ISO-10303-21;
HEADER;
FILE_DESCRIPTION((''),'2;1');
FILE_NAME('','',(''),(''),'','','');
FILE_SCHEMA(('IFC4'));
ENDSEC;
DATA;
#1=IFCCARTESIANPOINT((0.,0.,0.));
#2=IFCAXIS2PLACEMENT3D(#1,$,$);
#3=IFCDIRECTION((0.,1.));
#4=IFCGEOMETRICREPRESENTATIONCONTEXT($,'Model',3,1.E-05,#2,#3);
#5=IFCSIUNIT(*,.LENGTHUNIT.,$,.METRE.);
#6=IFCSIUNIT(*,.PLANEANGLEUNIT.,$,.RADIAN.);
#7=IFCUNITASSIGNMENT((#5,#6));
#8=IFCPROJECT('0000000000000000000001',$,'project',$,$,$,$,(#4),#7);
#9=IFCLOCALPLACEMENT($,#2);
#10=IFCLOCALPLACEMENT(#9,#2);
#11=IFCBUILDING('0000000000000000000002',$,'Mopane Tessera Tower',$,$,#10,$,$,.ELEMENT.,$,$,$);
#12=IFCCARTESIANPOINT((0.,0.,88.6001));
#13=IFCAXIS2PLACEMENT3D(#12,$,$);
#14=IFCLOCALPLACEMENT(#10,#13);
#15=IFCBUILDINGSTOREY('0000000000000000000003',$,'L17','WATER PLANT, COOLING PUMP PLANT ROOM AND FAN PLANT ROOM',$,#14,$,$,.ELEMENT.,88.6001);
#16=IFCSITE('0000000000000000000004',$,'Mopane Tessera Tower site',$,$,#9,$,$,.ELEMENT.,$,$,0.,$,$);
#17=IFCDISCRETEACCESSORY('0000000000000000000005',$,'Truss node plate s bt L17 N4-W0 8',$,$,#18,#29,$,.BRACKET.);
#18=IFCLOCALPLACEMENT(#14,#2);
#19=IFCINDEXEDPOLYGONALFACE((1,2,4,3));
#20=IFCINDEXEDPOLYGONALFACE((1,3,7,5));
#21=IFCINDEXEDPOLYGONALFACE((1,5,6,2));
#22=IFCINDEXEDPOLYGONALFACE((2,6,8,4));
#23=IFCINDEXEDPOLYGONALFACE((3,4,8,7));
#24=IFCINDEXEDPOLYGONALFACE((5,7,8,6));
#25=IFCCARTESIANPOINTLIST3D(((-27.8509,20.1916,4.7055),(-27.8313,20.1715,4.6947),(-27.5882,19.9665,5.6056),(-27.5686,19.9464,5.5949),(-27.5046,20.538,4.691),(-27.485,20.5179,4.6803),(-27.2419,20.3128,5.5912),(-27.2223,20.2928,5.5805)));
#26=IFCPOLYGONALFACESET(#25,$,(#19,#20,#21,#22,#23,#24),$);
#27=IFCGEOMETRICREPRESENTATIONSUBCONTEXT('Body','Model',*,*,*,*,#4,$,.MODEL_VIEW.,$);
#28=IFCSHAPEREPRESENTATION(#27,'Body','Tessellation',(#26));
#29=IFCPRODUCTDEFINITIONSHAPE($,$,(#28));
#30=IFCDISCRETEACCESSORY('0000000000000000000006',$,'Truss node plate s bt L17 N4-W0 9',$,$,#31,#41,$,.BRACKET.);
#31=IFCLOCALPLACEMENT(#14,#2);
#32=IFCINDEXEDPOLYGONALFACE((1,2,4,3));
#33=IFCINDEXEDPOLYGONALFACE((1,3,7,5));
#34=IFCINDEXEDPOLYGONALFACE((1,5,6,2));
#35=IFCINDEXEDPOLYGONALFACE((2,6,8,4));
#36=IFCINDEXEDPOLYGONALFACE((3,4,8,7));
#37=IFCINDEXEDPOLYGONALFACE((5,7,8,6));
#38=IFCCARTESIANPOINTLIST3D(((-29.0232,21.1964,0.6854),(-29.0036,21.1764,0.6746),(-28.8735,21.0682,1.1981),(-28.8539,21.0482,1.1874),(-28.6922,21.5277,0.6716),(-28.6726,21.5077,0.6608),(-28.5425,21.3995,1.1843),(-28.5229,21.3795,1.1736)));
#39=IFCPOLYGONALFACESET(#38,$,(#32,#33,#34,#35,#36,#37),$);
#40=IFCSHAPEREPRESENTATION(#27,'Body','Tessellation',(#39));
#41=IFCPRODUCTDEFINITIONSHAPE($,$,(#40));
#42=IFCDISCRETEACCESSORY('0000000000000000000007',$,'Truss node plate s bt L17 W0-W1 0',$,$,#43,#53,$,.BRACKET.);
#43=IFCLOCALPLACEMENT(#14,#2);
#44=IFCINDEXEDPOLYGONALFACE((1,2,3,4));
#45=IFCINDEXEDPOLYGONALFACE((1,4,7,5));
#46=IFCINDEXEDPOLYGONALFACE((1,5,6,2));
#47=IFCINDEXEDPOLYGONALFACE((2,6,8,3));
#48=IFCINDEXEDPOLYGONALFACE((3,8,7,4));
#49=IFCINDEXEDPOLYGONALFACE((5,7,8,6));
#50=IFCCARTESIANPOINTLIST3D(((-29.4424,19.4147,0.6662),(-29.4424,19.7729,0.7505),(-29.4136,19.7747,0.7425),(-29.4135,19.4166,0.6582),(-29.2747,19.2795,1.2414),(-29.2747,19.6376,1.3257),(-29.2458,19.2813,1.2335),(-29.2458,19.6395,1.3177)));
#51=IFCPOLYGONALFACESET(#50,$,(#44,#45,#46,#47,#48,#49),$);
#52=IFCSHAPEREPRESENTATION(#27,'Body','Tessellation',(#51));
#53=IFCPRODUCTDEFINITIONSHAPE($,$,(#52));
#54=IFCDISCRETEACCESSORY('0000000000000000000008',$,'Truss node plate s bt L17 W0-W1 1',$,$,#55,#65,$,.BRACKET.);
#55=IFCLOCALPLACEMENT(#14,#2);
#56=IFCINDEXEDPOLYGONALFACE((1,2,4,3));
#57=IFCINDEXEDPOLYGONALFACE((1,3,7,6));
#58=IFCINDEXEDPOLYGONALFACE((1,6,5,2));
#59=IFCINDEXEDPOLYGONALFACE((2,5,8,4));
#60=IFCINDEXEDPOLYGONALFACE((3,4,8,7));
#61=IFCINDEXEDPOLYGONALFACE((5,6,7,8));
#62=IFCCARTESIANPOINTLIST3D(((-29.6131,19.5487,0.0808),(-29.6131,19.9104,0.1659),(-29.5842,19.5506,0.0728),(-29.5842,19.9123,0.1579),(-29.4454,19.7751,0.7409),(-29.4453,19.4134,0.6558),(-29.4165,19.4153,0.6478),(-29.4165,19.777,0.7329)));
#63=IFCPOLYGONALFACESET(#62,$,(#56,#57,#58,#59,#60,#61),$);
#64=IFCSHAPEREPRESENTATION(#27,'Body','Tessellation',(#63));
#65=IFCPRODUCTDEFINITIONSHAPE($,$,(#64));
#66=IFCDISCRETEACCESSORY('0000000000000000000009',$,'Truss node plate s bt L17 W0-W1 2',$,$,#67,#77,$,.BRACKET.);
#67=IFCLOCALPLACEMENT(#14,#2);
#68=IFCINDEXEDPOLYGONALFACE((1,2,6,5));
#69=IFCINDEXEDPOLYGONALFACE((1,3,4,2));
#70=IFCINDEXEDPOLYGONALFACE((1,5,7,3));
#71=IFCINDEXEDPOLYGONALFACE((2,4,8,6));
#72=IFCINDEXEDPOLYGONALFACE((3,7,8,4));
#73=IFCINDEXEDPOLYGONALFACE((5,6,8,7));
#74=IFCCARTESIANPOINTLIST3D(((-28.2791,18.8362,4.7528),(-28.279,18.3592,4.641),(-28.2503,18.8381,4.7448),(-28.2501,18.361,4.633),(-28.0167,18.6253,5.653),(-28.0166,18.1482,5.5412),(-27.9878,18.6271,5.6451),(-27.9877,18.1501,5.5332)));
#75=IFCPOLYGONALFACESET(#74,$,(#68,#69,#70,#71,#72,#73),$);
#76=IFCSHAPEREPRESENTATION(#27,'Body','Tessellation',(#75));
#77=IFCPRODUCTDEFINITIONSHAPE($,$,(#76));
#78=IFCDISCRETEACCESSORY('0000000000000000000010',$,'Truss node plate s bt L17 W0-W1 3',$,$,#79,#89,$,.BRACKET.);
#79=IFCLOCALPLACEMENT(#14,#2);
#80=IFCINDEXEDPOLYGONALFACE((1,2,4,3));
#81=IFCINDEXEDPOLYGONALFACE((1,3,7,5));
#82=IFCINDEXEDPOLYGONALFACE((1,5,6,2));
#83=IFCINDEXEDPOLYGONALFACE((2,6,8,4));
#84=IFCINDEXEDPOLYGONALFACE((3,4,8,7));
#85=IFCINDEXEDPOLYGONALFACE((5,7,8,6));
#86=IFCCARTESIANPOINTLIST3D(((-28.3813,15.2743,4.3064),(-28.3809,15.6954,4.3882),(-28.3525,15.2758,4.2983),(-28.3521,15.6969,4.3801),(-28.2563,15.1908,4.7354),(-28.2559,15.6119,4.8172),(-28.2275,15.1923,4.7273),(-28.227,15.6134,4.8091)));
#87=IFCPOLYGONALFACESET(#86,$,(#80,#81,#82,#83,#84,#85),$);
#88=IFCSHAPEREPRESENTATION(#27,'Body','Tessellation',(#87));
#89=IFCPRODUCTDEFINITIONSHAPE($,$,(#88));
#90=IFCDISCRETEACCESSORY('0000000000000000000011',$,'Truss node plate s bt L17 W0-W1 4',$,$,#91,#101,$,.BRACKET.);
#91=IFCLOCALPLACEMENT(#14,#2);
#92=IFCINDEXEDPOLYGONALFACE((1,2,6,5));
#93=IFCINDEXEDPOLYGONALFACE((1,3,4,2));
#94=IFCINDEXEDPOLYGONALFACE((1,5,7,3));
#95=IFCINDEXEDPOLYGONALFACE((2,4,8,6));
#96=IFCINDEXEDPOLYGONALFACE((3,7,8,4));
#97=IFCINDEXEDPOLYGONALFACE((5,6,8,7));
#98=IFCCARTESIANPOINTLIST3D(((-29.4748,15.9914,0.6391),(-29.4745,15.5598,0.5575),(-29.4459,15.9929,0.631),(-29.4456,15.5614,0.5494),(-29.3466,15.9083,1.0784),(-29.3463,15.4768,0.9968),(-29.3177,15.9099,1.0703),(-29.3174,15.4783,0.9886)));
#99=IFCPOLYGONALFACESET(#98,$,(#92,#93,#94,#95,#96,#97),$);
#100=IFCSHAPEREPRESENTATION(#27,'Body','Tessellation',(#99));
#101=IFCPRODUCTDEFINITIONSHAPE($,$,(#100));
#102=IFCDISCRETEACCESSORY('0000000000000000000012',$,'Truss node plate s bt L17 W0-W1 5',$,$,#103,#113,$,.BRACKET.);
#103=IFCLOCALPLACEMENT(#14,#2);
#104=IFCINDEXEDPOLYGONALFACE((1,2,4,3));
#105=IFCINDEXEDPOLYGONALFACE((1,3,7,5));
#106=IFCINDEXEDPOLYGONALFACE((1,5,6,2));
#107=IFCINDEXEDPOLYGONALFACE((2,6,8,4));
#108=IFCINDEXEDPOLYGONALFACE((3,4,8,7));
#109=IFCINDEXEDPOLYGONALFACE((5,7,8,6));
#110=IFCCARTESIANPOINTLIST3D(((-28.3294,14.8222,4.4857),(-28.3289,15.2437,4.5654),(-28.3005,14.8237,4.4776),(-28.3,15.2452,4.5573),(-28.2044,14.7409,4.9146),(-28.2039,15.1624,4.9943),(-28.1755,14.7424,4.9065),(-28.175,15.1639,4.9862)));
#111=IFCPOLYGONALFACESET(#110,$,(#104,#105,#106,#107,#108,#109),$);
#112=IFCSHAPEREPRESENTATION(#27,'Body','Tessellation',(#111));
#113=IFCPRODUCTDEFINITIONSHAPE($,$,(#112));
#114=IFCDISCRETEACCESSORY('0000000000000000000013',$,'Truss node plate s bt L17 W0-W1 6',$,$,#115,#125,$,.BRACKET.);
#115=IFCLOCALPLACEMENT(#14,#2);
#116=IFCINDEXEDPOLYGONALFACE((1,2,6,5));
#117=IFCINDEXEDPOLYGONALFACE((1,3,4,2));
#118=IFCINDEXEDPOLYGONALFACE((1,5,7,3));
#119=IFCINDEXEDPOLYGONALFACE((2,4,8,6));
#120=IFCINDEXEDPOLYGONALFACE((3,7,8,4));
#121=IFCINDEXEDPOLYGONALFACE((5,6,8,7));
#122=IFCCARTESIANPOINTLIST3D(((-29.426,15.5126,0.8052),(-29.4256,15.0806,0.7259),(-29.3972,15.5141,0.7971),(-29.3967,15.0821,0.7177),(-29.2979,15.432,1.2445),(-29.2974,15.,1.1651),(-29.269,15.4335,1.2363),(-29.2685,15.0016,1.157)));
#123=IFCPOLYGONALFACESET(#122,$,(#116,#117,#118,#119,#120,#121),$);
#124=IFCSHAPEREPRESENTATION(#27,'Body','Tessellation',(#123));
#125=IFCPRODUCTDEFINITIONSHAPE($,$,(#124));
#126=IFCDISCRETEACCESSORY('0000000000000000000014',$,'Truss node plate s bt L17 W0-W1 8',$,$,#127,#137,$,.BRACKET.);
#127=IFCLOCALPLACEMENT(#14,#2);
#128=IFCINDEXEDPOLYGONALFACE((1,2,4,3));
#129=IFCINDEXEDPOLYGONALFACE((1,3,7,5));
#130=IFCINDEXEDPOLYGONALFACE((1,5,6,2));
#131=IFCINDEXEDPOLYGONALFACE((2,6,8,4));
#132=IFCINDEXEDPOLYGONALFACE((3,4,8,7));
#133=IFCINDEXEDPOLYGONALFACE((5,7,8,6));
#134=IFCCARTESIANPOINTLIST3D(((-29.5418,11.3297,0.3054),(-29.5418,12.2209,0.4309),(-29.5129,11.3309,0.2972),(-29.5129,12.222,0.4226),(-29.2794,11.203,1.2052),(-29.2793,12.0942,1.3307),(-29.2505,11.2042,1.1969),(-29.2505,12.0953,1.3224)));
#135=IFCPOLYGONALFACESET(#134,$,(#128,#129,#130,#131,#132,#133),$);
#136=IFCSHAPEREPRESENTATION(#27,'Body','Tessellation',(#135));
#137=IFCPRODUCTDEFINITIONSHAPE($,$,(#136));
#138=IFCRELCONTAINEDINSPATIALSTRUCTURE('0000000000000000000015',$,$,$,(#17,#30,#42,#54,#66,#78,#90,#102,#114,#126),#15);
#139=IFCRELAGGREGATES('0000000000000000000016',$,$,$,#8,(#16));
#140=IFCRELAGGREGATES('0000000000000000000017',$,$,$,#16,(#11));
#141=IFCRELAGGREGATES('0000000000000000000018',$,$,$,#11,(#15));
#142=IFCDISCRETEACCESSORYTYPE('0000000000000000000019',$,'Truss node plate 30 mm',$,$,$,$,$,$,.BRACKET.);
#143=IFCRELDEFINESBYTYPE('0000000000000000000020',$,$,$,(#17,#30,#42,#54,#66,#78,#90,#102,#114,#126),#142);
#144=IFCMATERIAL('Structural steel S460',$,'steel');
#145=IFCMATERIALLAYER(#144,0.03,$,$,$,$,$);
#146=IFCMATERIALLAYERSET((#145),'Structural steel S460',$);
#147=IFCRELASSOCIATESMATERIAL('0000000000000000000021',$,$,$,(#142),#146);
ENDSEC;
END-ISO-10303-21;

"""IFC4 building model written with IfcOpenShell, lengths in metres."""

from ifc_helpers import new_model, si_unit, direction, frame, origin, origin_2d, place, context, subcontext, project, spatial, rectangle, extrude, material, layer, layer_set, type_object, element, save


model = new_model("IFC4")

# Units and contexts
model_context = context("Model", 3, precision=1e-05, world=origin(), true_north=direction((0.0, 1.0)))
body_context = subcontext(model_context, "Body", "Model", "MODEL_VIEW")
ifc_project = project(units=[si_unit("LENGTHUNIT", "METRE"), si_unit("PLANEANGLEUNIT", "RADIAN")], contexts=[model_context])

# Site, building, storey
site_placement = place(None, origin())
site = spatial("IfcSite", under=ifc_project, at=site_placement, Name="Mopane Tessera Tower site", CompositionType="ELEMENT", RefElevation=0.0)
building_placement = place(site_placement, origin())
building = spatial("IfcBuilding", under=site, at=building_placement, Name="Mopane Tessera Tower", CompositionType="ELEMENT")
storey_placement = place(building_placement, frame((0.0, 0.0, 88.6001)))
storey = spatial("IfcBuildingStorey", under=building, at=storey_placement, Name="L17", Description="WATER PLANT, COOLING PUMP PLANT ROOM AND FAN PLANT ROOM", CompositionType="ELEMENT", Elevation=88.6001)

# Discrete accessories
ifc_material_1 = material(Name="Structural steel S460", Category="steel")
ifc_layer_1 = layer(ifc_material_1, 0.03)
ifc_layer_set_1 = layer_set([ifc_layer_1], Name="Structural steel S460")
discrete_accessory_type_1 = type_object("IfcDiscreteAccessoryType", Name="Truss node plate 30 mm", PredefinedType="BRACKET", material=ifc_layer_set_1)
discrete_accessory_1_placement = place(storey_placement, frame((-27.668, 20.3547, 4.6929), z_axis=(0.272411, -0.233423, 0.933438), x_axis=(0.652981, -0.667675, -0.357527)))
element("IfcDiscreteAccessory", 1, at=discrete_accessory_1_placement, inside=storey, type_object=discrete_accessory_type_1, Name="Truss node plate s bt L17 N4-W0 8", PredefinedType="BRACKET", context=body_context, shape_type="SweptSolid", body=[
    extrude(rectangle(XDim=0.03, YDim=0.49, at=origin_2d()), origin(), (0.0, 0.0, 1.0), 0.9644),
])
discrete_accessory_2_placement = place(storey_placement, frame((-28.8479, 21.3521, 0.6731), z_axis=(0.272474, -0.233359, 0.933435), x_axis=(0.653146, -0.66751, -0.357534)))
element("IfcDiscreteAccessory", 2, at=discrete_accessory_2_placement, inside=storey, type_object=discrete_accessory_type_1, Name="Truss node plate s bt L17 N4-W0 9", PredefinedType="BRACKET", context=body_context, shape_type="SweptSolid", body=[
    extrude(rectangle(XDim=0.03, YDim=0.4685, at=origin_2d()), origin(), (0.0, 0.0, 1.0), 0.5493),
])
discrete_accessory_3_placement = place(storey_placement, frame((-29.428, 19.5947, 0.7043), z_axis=(0.273066, -0.220202, 0.936454), x_axis=(0.961995, 0.062612, -0.265791)))
element("IfcDiscreteAccessory", 3, at=discrete_accessory_3_placement, inside=storey, type_object=discrete_accessory_type_1, Name="Truss node plate s bt L17 W0-W1 0", PredefinedType="BRACKET", context=body_context, shape_type="SweptSolid", body=[
    extrude(rectangle(XDim=0.03, YDim=0.3679, at=origin_2d()), origin(), (0.0, 0.0, 1.0), 0.6143),
])
discrete_accessory_4_placement = place(storey_placement, frame((-29.5986, 19.7305, 0.1194), z_axis=(0.273168, -0.220284, 0.936405), x_axis=(0.961966, 0.062588, -0.265901)))
element("IfcDiscreteAccessory", 4, at=discrete_accessory_4_placement, inside=storey, type_object=discrete_accessory_type_1, Name="Truss node plate s bt L17 W0-W1 1", PredefinedType="BRACKET", context=body_context, shape_type="SweptSolid", body=[
    extrude(rectangle(XDim=0.03, YDim=0.3716, at=origin_2d()), origin(), (0.0, 0.0, 1.0), 0.614),
])
discrete_accessory_5_placement = place(storey_placement, frame((-28.2646, 18.5986, 4.6929), z_axis=(0.273085, -0.219484, 0.936617), x_axis=(0.96199, 0.062533, -0.265829)))
element("IfcDiscreteAccessory", 5, at=discrete_accessory_5_placement, inside=storey, type_object=discrete_accessory_type_1, Name="Truss node plate s bt L17 W0-W1 2", PredefinedType="BRACKET", context=body_context, shape_type="SweptSolid", body=[
    extrude(rectangle(XDim=0.03, YDim=0.49, at=origin_2d()), origin(), (0.0, 0.0, 1.0), 0.9612),
])
discrete_accessory_6_placement = place(storey_placement, frame((-28.3667, 15.4856, 4.3433), z_axis=(0.275008, -0.183697, 0.94373), x_axis=(0.961441, 0.051558, -0.270134)))
element("IfcDiscreteAccessory", 6, at=discrete_accessory_6_placement, inside=storey, type_object=discrete_accessory_type_1, Name="Truss node plate s bt L17 W0-W1 3", PredefinedType="BRACKET", context=body_context, shape_type="SweptSolid", body=[
    extrude(rectangle(XDim=0.03, YDim=0.429, at=origin_2d()), origin(), (0.0, 0.0, 1.0), 0.4546),
])
discrete_accessory_7_placement = place(storey_placement, frame((-29.4602, 15.7764, 0.5942), z_axis=(0.275644, -0.178512, 0.944539), x_axis=(0.96126, 0.051822, -0.270729)))
element("IfcDiscreteAccessory", 7, at=discrete_accessory_7_placement, inside=storey, type_object=discrete_accessory_type_1, Name="Truss node plate s bt L17 W0-W1 4", PredefinedType="BRACKET", context=body_context, shape_type="SweptSolid", body=[
    extrude(rectangle(XDim=0.03, YDim=0.4392, at=origin_2d()), origin(), (0.0, 0.0, 1.0), 0.4651),
])
discrete_accessory_8_placement = place(storey_placement, frame((-28.3147, 15.0337, 4.5215), z_axis=(0.27525, -0.17902, 0.944558), x_axis=(0.961372, 0.049939, -0.270685)))
element("IfcDiscreteAccessory", 8, at=discrete_accessory_8_placement, inside=storey, type_object=discrete_accessory_type_1, Name="Truss node plate s bt L17 W0-W1 5", PredefinedType="BRACKET", context=body_context, shape_type="SweptSolid", body=[
    extrude(rectangle(XDim=0.03, YDim=0.429, at=origin_2d()), origin(), (0.0, 0.0, 1.0), 0.4541),
])
discrete_accessory_9_placement = place(storey_placement, frame((-29.4114, 15.2974, 0.7615), z_axis=(0.275899, -0.173422, 0.945412), x_axis=(0.961186, 0.050886, -0.271168)))
element("IfcDiscreteAccessory", 9, at=discrete_accessory_9_placement, inside=storey, type_object=discrete_accessory_type_1, Name="Truss node plate s bt L17 W0-W1 6", PredefinedType="BRACKET", context=body_context, shape_type="SweptSolid", body=[
    extrude(rectangle(XDim=0.03, YDim=0.4392, at=origin_2d()), origin(), (0.0, 0.0, 1.0), 0.4646),
])
discrete_accessory_10_placement = place(storey_placement, frame((-29.5273, 11.7759, 0.364), z_axis=(0.277457, -0.133954, 0.951354), x_axis=(0.960738, 0.038649, -0.274752)))
element("IfcDiscreteAccessory", 10, at=discrete_accessory_10_placement, inside=storey, type_object=discrete_accessory_type_1, Name="Truss node plate s bt L17 W0-W1 8", PredefinedType="BRACKET", context=body_context, shape_type="SweptSolid", body=[
    extrude(rectangle(XDim=0.03, YDim=0.8999, at=origin_2d()), origin(), (0.0, 0.0, 1.0), 0.9458),
])

save(model, "model.ifc")
